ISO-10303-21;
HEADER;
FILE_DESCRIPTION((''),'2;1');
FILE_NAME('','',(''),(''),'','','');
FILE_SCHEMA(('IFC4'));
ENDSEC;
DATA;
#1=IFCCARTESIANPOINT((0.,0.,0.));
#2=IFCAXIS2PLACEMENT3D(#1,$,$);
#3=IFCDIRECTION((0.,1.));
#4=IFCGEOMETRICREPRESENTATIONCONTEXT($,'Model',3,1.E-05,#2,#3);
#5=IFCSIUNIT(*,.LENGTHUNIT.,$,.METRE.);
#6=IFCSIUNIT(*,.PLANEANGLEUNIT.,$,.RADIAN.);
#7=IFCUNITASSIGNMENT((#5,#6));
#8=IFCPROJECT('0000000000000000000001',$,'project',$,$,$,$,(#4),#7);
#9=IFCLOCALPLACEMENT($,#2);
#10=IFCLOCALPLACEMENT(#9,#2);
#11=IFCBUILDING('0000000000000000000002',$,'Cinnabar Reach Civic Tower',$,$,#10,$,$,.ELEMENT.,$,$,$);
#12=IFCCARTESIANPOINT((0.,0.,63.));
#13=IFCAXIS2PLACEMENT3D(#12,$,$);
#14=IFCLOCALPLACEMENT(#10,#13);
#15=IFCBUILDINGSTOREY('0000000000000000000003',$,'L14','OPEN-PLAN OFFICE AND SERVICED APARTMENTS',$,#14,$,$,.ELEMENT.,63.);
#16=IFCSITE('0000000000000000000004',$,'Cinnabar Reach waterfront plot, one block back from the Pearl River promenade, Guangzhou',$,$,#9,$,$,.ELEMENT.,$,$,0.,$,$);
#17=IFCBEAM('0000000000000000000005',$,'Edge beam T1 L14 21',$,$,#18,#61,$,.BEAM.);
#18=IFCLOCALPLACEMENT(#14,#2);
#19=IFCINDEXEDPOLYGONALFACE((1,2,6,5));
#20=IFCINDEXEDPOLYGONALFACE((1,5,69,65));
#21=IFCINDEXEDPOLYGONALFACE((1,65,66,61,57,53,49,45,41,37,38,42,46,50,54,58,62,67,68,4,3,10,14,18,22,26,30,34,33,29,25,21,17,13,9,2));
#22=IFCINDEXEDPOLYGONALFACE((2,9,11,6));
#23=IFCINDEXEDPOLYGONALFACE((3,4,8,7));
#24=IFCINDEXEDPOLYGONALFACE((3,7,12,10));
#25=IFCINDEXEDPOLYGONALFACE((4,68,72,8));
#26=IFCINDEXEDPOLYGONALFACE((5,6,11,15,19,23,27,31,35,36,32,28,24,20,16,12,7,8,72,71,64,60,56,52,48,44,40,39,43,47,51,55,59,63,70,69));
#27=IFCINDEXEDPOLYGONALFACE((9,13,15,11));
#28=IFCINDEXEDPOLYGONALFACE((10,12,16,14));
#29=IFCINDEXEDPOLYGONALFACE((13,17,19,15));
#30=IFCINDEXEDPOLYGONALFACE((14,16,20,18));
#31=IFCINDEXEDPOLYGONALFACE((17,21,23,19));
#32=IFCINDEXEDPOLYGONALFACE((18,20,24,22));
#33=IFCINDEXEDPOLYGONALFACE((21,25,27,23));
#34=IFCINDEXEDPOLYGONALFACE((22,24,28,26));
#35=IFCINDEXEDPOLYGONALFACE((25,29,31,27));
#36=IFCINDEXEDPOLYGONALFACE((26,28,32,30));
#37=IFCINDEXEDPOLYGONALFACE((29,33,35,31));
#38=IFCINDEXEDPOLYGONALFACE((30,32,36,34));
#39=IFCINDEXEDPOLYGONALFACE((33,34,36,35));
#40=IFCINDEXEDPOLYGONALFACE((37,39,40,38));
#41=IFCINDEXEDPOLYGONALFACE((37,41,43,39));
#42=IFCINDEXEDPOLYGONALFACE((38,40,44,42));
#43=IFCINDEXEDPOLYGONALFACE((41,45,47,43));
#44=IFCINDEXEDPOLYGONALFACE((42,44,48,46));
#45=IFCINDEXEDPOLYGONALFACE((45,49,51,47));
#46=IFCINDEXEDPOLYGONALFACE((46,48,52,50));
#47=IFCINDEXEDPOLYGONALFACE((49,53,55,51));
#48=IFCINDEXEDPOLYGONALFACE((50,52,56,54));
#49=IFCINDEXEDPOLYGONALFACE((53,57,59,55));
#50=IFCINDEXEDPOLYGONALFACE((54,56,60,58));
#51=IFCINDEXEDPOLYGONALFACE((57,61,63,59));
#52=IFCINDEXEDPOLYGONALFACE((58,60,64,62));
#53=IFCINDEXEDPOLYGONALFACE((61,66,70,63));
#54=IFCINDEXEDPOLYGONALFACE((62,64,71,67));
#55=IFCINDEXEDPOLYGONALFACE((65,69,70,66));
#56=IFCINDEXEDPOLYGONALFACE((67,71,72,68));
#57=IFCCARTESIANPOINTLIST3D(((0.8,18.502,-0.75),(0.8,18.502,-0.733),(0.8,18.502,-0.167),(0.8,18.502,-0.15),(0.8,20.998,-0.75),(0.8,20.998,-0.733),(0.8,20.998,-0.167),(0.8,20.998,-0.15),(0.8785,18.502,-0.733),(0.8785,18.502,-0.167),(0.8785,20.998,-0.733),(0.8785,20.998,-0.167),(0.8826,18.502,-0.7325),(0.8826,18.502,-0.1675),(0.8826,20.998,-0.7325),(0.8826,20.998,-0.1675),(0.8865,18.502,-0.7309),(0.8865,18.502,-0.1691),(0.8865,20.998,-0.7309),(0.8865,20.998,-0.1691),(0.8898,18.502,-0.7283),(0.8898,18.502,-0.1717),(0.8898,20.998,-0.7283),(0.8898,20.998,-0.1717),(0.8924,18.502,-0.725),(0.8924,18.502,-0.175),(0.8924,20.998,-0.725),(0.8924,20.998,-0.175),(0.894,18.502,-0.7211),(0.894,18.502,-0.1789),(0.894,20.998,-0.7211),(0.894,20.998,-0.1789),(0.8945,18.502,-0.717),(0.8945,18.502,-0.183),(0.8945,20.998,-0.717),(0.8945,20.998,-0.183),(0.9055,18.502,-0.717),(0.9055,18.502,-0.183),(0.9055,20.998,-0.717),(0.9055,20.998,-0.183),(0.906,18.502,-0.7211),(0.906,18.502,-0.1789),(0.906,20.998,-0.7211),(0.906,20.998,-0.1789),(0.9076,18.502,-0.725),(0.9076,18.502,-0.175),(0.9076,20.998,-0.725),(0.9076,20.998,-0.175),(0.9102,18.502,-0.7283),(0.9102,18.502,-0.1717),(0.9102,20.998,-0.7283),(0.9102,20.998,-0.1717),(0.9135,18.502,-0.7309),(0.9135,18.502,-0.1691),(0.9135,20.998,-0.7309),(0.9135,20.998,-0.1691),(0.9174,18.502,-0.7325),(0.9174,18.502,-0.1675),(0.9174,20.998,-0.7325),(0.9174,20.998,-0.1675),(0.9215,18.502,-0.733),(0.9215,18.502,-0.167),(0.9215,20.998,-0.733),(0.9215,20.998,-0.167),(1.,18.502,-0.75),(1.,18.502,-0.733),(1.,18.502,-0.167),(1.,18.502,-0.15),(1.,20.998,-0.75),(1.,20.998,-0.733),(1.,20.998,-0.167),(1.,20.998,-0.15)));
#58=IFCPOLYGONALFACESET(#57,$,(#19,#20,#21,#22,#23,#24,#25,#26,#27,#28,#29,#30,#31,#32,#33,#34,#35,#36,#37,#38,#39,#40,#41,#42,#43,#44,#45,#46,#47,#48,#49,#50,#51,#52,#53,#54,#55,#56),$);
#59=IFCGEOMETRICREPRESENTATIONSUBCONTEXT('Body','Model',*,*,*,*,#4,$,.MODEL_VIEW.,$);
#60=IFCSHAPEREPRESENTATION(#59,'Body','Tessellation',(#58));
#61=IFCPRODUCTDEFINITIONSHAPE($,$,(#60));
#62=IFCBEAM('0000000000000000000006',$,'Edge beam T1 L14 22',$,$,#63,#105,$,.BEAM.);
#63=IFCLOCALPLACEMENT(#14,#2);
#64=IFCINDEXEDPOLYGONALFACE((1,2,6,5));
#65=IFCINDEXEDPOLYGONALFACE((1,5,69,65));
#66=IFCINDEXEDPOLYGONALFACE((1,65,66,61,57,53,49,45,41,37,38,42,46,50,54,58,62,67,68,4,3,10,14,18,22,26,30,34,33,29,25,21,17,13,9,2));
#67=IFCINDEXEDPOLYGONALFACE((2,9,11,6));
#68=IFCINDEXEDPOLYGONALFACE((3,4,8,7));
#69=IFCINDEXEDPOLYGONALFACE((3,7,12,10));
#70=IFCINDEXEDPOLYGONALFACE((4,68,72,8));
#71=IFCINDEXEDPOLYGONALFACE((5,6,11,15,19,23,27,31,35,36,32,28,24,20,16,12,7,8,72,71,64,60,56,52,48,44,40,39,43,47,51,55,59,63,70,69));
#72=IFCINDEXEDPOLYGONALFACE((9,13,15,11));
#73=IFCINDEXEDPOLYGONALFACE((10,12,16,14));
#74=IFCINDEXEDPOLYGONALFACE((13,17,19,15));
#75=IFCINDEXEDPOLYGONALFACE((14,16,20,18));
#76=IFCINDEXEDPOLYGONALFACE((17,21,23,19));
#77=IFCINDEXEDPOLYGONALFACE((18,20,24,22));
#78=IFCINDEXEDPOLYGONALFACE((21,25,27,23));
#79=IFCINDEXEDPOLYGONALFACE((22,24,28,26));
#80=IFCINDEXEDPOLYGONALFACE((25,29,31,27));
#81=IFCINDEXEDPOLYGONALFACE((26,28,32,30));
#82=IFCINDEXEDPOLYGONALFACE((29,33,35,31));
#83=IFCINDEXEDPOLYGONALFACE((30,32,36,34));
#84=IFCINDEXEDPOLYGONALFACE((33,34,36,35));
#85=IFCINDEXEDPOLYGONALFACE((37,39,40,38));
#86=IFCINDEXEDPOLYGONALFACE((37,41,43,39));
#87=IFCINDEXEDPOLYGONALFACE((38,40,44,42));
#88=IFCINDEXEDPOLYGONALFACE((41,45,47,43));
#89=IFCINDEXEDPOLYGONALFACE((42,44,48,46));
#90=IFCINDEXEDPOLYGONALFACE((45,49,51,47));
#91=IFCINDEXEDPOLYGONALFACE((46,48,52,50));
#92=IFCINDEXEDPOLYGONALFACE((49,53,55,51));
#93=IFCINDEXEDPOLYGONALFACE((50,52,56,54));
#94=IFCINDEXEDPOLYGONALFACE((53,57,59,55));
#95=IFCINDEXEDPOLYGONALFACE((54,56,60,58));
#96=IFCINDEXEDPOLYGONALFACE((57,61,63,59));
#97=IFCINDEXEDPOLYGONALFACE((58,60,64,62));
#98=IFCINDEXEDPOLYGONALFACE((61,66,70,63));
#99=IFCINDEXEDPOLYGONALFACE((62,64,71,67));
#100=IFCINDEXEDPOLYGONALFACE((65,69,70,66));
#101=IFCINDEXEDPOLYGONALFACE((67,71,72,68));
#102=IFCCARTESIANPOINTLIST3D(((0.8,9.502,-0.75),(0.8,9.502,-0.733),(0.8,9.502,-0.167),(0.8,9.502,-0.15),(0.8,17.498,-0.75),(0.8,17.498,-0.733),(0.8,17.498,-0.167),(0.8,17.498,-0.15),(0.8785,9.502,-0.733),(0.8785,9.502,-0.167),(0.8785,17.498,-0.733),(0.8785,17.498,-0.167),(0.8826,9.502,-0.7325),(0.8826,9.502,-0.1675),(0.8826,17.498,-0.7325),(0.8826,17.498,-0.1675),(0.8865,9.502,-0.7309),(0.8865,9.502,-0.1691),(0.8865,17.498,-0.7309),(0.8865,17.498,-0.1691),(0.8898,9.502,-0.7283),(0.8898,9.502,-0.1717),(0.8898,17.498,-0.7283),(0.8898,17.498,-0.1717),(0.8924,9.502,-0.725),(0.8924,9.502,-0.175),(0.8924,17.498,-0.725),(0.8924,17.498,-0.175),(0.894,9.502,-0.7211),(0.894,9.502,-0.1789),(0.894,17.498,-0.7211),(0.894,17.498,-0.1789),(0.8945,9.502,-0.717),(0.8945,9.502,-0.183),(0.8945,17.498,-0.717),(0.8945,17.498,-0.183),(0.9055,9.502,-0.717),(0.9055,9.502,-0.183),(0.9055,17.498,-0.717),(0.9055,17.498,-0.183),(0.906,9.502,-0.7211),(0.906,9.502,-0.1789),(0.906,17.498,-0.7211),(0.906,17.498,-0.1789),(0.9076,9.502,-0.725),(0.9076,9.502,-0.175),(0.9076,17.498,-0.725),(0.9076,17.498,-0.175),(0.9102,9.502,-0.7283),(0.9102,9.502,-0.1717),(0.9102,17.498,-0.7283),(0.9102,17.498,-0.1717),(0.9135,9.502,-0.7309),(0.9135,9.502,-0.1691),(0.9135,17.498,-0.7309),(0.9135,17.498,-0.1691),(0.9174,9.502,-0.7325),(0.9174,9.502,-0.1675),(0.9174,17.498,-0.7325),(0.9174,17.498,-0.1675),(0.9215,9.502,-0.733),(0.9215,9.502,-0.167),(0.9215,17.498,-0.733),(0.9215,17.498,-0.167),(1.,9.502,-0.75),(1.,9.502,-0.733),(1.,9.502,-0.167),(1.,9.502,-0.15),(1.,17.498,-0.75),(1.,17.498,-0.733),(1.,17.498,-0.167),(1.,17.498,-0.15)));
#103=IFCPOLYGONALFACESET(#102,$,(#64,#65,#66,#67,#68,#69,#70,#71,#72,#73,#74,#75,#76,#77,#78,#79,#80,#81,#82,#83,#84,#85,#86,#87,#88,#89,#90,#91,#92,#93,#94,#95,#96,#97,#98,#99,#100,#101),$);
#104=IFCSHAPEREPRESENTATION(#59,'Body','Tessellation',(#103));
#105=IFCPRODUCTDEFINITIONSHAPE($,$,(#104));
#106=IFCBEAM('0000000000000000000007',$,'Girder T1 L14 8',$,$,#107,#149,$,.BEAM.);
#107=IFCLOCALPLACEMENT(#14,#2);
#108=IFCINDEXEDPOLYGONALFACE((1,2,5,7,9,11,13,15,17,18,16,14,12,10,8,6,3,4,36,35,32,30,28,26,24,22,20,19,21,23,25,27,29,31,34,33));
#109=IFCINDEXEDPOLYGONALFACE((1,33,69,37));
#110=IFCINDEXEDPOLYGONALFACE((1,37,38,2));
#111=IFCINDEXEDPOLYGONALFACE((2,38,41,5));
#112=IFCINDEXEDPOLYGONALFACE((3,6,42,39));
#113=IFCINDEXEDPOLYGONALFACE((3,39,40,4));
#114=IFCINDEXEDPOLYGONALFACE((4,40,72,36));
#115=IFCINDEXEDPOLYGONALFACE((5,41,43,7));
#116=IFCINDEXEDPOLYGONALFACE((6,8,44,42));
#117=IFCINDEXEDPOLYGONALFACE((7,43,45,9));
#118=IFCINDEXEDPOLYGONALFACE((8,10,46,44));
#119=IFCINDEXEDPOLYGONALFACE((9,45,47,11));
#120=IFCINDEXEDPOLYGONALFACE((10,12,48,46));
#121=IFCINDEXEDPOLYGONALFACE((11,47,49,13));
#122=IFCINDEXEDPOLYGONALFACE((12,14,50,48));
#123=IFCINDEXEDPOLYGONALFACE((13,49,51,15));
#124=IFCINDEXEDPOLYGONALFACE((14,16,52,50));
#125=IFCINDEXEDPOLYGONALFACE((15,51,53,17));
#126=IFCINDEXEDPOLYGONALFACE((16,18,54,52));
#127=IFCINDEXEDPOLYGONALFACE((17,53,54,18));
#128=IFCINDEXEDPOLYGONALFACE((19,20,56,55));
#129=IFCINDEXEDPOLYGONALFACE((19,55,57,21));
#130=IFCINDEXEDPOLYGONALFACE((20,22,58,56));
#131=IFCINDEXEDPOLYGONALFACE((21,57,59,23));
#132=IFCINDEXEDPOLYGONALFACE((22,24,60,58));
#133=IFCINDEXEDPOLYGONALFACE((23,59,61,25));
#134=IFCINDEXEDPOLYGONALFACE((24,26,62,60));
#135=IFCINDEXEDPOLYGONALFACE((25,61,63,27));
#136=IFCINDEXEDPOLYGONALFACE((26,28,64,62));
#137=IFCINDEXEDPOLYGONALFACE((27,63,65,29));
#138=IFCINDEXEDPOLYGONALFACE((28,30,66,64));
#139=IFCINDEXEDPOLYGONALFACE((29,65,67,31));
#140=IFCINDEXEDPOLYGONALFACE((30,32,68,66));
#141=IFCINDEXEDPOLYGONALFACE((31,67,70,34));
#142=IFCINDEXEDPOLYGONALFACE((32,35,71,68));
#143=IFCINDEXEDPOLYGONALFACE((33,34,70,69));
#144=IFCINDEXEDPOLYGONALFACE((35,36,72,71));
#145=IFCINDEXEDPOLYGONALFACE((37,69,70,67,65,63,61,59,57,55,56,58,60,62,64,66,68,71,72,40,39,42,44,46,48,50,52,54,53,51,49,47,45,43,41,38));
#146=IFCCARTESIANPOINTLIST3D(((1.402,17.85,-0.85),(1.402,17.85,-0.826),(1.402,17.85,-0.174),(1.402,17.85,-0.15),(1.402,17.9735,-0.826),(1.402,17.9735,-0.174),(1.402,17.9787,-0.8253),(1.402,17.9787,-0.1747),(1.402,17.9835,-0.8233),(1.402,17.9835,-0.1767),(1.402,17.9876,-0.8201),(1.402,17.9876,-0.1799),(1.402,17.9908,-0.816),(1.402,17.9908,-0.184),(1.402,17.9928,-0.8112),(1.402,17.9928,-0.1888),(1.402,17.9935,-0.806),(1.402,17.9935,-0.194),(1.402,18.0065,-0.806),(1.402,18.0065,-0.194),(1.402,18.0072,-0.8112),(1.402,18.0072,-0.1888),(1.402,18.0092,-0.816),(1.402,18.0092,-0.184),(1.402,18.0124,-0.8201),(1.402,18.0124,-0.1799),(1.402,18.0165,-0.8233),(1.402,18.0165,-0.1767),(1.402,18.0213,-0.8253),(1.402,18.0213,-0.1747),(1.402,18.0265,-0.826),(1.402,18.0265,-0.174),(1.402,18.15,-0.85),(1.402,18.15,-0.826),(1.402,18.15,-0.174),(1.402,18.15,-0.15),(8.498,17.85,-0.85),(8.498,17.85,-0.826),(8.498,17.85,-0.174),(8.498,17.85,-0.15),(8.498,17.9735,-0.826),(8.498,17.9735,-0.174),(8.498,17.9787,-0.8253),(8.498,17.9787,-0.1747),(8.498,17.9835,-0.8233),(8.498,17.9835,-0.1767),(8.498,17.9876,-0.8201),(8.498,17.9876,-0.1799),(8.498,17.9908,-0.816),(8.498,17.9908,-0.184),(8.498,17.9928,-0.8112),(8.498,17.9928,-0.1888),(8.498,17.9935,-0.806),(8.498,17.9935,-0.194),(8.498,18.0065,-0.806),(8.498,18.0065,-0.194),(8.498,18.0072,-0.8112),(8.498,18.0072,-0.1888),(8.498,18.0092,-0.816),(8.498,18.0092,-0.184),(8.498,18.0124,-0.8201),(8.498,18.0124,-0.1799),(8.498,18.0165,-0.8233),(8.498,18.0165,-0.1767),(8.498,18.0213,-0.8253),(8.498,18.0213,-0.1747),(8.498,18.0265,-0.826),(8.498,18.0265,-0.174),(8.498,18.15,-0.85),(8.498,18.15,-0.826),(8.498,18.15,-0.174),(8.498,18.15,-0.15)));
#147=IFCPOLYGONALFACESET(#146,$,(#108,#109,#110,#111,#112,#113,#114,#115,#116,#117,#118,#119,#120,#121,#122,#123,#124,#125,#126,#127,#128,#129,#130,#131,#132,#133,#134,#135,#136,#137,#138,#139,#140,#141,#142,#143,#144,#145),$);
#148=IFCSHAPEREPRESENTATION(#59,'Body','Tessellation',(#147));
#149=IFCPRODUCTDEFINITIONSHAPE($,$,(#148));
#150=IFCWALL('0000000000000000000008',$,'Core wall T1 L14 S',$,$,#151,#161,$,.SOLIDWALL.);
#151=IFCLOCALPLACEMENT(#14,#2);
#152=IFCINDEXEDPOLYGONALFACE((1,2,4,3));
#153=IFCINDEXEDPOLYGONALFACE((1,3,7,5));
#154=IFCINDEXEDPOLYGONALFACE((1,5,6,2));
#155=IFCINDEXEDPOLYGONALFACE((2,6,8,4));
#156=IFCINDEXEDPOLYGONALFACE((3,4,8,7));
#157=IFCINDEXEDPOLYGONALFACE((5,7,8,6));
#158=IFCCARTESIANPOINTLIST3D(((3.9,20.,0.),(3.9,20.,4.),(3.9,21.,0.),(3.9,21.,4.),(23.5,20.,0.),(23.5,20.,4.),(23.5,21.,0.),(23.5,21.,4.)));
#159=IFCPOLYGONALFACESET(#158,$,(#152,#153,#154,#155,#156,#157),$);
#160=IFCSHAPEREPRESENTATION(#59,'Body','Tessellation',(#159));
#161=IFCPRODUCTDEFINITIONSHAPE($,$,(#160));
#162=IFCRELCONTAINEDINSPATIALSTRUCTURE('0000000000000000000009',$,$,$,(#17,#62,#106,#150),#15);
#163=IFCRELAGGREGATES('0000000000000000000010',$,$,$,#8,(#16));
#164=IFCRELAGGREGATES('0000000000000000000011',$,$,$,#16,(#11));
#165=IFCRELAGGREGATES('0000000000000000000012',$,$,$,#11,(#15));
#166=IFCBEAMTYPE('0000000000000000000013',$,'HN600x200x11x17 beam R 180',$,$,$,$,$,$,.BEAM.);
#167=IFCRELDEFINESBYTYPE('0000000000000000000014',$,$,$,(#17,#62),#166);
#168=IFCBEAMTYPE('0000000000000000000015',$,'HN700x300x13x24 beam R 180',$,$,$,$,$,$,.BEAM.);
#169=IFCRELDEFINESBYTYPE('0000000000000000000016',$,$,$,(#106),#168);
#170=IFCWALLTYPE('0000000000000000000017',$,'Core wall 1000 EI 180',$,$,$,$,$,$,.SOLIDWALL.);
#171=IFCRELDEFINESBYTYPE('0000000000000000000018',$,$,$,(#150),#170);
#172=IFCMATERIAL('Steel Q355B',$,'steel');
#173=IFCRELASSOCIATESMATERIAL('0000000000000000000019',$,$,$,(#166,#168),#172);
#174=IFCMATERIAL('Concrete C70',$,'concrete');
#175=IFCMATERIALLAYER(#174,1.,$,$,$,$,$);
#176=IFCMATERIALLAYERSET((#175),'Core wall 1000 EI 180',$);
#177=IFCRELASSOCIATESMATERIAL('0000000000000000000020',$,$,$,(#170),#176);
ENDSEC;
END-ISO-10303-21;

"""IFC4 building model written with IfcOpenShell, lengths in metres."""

from ifc_helpers import new_model, si_unit, direction, frame, frame_2d, origin, origin_2d, place, context, subcontext, project, spatial, rectangle, i_section, extrude, material, layer, layer_set, material_profile, profile_set, type_object, element, save


model = new_model("IFC4")

# Units and contexts
model_context = context("Model", 3, precision=1e-05, world=origin(), true_north=direction((0.0, 1.0)))
body_context = subcontext(model_context, "Body", "Model", "MODEL_VIEW")
ifc_project = project(units=[si_unit("LENGTHUNIT", "METRE"), si_unit("PLANEANGLEUNIT", "RADIAN")], contexts=[model_context])

# Site, building, storey
site_placement = place(None, origin())
site = spatial("IfcSite", under=ifc_project, at=site_placement, Name="Cinnabar Reach waterfront plot, one block back from the Pearl River promenade, Guangzhou", CompositionType="ELEMENT", RefElevation=0.0)
building_placement = place(site_placement, origin())
building = spatial("IfcBuilding", under=site, at=building_placement, Name="Cinnabar Reach Civic Tower", CompositionType="ELEMENT")
storey_placement = place(building_placement, frame((0.0, 0.0, 63.0)))
storey = spatial("IfcBuildingStorey", under=building, at=storey_placement, Name="L14", Description="OPEN-PLAN OFFICE AND SERVICED APARTMENTS", CompositionType="ELEMENT", Elevation=63.0)

# Shared definitions
ifc_material_1 = material(Name="Concrete C70", Category="concrete")

# Beams
ifc_material_2 = material(Name="Steel Q355B", Category="steel")
ifc_material_profile_1 = material_profile(ifc_material_2, i_section(OverallWidth=0.2, OverallDepth=0.6, WebThickness=0.011, FlangeThickness=0.017, FilletRadius=0.016, at=origin_2d()), Name="HN600x200x11x17")
ifc_profile_set_1 = profile_set([ifc_material_profile_1], Name="Steel Q355B")
beam_type_1 = type_object("IfcBeamType", Name="HN600x200x11x17 beam R 180", PredefinedType="BEAM", material=ifc_profile_set_1)
beam_1_placement = place(storey_placement, frame((0.9, 20.998, -0.45), z_axis=(0.0, -1.0, 0.0), x_axis=(1.0, 0.0, 0.0)))
element("IfcBeam", 1, at=beam_1_placement, inside=storey, type_object=beam_type_1, Name="Edge beam T1 L14 21", PredefinedType="BEAM", context=body_context, shape_type="SweptSolid", body=[
    extrude(i_section(OverallWidth=0.2, OverallDepth=0.6, WebThickness=0.011, FlangeThickness=0.017, FilletRadius=0.016, at=origin_2d()), origin(), (0.0, 0.0, 1.0), 2.496),
])
beam_2_placement = place(storey_placement, frame((0.9, 17.498, -0.45), z_axis=(0.0, -1.0, 0.0), x_axis=(1.0, 0.0, 0.0)))
element("IfcBeam", 2, at=beam_2_placement, inside=storey, type_object=beam_type_1, Name="Edge beam T1 L14 22", PredefinedType="BEAM", context=body_context, shape_type="SweptSolid", body=[
    extrude(i_section(OverallWidth=0.2, OverallDepth=0.6, WebThickness=0.011, FlangeThickness=0.017, FilletRadius=0.016, at=origin_2d()), origin(), (0.0, 0.0, 1.0), 7.996),
])
ifc_material_profile_2 = material_profile(ifc_material_2, i_section(OverallWidth=0.3, OverallDepth=0.7, WebThickness=0.013, FlangeThickness=0.024, FilletRadius=0.02, at=origin_2d()), Name="HN700x300x13x24")
ifc_profile_set_2 = profile_set([ifc_material_profile_2], Name="Steel Q355B")
beam_type_2 = type_object("IfcBeamType", Name="HN700x300x13x24 beam R 180", PredefinedType="BEAM", material=ifc_profile_set_2)
beam_3_placement = place(storey_placement, frame((1.402, 18.0, -0.5), z_axis=(1.0, 0.0, 0.0), x_axis=(0.0, 1.0, 0.0)))
element("IfcBeam", 3, at=beam_3_placement, inside=storey, type_object=beam_type_2, Name="Girder T1 L14 8", PredefinedType="BEAM", context=body_context, shape_type="SweptSolid", body=[
    extrude(i_section(OverallWidth=0.3, OverallDepth=0.7, WebThickness=0.013, FlangeThickness=0.024, FilletRadius=0.02, at=origin_2d()), origin(), (0.0, 0.0, 1.0), 7.096),
])

# Wall
ifc_layer_1 = layer(ifc_material_1, 1.0)
ifc_layer_set_1 = layer_set([ifc_layer_1], Name="Core wall 1000 EI 180")
wall_type_1 = type_object("IfcWallType", Name="Core wall 1000 EI 180", PredefinedType="SOLIDWALL", material=ifc_layer_set_1)
wall_1_placement = place(storey_placement, frame((3.9, 20.5, 0.0), z_axis=(0.0, 0.0, 1.0), x_axis=(1.0, 0.0, 0.0)))
element("IfcWall", 4, at=wall_1_placement, inside=storey, type_object=wall_type_1, Name="Core wall T1 L14 S", PredefinedType="SOLIDWALL", context=body_context, shape_type="SweptSolid", body=[
    extrude(rectangle(XDim=19.6, YDim=1.0, at=frame_2d((9.8, 0.0))), origin(), (0.0, 0.0, 1.0), 4.0),
])

save(model, "model.ifc")
